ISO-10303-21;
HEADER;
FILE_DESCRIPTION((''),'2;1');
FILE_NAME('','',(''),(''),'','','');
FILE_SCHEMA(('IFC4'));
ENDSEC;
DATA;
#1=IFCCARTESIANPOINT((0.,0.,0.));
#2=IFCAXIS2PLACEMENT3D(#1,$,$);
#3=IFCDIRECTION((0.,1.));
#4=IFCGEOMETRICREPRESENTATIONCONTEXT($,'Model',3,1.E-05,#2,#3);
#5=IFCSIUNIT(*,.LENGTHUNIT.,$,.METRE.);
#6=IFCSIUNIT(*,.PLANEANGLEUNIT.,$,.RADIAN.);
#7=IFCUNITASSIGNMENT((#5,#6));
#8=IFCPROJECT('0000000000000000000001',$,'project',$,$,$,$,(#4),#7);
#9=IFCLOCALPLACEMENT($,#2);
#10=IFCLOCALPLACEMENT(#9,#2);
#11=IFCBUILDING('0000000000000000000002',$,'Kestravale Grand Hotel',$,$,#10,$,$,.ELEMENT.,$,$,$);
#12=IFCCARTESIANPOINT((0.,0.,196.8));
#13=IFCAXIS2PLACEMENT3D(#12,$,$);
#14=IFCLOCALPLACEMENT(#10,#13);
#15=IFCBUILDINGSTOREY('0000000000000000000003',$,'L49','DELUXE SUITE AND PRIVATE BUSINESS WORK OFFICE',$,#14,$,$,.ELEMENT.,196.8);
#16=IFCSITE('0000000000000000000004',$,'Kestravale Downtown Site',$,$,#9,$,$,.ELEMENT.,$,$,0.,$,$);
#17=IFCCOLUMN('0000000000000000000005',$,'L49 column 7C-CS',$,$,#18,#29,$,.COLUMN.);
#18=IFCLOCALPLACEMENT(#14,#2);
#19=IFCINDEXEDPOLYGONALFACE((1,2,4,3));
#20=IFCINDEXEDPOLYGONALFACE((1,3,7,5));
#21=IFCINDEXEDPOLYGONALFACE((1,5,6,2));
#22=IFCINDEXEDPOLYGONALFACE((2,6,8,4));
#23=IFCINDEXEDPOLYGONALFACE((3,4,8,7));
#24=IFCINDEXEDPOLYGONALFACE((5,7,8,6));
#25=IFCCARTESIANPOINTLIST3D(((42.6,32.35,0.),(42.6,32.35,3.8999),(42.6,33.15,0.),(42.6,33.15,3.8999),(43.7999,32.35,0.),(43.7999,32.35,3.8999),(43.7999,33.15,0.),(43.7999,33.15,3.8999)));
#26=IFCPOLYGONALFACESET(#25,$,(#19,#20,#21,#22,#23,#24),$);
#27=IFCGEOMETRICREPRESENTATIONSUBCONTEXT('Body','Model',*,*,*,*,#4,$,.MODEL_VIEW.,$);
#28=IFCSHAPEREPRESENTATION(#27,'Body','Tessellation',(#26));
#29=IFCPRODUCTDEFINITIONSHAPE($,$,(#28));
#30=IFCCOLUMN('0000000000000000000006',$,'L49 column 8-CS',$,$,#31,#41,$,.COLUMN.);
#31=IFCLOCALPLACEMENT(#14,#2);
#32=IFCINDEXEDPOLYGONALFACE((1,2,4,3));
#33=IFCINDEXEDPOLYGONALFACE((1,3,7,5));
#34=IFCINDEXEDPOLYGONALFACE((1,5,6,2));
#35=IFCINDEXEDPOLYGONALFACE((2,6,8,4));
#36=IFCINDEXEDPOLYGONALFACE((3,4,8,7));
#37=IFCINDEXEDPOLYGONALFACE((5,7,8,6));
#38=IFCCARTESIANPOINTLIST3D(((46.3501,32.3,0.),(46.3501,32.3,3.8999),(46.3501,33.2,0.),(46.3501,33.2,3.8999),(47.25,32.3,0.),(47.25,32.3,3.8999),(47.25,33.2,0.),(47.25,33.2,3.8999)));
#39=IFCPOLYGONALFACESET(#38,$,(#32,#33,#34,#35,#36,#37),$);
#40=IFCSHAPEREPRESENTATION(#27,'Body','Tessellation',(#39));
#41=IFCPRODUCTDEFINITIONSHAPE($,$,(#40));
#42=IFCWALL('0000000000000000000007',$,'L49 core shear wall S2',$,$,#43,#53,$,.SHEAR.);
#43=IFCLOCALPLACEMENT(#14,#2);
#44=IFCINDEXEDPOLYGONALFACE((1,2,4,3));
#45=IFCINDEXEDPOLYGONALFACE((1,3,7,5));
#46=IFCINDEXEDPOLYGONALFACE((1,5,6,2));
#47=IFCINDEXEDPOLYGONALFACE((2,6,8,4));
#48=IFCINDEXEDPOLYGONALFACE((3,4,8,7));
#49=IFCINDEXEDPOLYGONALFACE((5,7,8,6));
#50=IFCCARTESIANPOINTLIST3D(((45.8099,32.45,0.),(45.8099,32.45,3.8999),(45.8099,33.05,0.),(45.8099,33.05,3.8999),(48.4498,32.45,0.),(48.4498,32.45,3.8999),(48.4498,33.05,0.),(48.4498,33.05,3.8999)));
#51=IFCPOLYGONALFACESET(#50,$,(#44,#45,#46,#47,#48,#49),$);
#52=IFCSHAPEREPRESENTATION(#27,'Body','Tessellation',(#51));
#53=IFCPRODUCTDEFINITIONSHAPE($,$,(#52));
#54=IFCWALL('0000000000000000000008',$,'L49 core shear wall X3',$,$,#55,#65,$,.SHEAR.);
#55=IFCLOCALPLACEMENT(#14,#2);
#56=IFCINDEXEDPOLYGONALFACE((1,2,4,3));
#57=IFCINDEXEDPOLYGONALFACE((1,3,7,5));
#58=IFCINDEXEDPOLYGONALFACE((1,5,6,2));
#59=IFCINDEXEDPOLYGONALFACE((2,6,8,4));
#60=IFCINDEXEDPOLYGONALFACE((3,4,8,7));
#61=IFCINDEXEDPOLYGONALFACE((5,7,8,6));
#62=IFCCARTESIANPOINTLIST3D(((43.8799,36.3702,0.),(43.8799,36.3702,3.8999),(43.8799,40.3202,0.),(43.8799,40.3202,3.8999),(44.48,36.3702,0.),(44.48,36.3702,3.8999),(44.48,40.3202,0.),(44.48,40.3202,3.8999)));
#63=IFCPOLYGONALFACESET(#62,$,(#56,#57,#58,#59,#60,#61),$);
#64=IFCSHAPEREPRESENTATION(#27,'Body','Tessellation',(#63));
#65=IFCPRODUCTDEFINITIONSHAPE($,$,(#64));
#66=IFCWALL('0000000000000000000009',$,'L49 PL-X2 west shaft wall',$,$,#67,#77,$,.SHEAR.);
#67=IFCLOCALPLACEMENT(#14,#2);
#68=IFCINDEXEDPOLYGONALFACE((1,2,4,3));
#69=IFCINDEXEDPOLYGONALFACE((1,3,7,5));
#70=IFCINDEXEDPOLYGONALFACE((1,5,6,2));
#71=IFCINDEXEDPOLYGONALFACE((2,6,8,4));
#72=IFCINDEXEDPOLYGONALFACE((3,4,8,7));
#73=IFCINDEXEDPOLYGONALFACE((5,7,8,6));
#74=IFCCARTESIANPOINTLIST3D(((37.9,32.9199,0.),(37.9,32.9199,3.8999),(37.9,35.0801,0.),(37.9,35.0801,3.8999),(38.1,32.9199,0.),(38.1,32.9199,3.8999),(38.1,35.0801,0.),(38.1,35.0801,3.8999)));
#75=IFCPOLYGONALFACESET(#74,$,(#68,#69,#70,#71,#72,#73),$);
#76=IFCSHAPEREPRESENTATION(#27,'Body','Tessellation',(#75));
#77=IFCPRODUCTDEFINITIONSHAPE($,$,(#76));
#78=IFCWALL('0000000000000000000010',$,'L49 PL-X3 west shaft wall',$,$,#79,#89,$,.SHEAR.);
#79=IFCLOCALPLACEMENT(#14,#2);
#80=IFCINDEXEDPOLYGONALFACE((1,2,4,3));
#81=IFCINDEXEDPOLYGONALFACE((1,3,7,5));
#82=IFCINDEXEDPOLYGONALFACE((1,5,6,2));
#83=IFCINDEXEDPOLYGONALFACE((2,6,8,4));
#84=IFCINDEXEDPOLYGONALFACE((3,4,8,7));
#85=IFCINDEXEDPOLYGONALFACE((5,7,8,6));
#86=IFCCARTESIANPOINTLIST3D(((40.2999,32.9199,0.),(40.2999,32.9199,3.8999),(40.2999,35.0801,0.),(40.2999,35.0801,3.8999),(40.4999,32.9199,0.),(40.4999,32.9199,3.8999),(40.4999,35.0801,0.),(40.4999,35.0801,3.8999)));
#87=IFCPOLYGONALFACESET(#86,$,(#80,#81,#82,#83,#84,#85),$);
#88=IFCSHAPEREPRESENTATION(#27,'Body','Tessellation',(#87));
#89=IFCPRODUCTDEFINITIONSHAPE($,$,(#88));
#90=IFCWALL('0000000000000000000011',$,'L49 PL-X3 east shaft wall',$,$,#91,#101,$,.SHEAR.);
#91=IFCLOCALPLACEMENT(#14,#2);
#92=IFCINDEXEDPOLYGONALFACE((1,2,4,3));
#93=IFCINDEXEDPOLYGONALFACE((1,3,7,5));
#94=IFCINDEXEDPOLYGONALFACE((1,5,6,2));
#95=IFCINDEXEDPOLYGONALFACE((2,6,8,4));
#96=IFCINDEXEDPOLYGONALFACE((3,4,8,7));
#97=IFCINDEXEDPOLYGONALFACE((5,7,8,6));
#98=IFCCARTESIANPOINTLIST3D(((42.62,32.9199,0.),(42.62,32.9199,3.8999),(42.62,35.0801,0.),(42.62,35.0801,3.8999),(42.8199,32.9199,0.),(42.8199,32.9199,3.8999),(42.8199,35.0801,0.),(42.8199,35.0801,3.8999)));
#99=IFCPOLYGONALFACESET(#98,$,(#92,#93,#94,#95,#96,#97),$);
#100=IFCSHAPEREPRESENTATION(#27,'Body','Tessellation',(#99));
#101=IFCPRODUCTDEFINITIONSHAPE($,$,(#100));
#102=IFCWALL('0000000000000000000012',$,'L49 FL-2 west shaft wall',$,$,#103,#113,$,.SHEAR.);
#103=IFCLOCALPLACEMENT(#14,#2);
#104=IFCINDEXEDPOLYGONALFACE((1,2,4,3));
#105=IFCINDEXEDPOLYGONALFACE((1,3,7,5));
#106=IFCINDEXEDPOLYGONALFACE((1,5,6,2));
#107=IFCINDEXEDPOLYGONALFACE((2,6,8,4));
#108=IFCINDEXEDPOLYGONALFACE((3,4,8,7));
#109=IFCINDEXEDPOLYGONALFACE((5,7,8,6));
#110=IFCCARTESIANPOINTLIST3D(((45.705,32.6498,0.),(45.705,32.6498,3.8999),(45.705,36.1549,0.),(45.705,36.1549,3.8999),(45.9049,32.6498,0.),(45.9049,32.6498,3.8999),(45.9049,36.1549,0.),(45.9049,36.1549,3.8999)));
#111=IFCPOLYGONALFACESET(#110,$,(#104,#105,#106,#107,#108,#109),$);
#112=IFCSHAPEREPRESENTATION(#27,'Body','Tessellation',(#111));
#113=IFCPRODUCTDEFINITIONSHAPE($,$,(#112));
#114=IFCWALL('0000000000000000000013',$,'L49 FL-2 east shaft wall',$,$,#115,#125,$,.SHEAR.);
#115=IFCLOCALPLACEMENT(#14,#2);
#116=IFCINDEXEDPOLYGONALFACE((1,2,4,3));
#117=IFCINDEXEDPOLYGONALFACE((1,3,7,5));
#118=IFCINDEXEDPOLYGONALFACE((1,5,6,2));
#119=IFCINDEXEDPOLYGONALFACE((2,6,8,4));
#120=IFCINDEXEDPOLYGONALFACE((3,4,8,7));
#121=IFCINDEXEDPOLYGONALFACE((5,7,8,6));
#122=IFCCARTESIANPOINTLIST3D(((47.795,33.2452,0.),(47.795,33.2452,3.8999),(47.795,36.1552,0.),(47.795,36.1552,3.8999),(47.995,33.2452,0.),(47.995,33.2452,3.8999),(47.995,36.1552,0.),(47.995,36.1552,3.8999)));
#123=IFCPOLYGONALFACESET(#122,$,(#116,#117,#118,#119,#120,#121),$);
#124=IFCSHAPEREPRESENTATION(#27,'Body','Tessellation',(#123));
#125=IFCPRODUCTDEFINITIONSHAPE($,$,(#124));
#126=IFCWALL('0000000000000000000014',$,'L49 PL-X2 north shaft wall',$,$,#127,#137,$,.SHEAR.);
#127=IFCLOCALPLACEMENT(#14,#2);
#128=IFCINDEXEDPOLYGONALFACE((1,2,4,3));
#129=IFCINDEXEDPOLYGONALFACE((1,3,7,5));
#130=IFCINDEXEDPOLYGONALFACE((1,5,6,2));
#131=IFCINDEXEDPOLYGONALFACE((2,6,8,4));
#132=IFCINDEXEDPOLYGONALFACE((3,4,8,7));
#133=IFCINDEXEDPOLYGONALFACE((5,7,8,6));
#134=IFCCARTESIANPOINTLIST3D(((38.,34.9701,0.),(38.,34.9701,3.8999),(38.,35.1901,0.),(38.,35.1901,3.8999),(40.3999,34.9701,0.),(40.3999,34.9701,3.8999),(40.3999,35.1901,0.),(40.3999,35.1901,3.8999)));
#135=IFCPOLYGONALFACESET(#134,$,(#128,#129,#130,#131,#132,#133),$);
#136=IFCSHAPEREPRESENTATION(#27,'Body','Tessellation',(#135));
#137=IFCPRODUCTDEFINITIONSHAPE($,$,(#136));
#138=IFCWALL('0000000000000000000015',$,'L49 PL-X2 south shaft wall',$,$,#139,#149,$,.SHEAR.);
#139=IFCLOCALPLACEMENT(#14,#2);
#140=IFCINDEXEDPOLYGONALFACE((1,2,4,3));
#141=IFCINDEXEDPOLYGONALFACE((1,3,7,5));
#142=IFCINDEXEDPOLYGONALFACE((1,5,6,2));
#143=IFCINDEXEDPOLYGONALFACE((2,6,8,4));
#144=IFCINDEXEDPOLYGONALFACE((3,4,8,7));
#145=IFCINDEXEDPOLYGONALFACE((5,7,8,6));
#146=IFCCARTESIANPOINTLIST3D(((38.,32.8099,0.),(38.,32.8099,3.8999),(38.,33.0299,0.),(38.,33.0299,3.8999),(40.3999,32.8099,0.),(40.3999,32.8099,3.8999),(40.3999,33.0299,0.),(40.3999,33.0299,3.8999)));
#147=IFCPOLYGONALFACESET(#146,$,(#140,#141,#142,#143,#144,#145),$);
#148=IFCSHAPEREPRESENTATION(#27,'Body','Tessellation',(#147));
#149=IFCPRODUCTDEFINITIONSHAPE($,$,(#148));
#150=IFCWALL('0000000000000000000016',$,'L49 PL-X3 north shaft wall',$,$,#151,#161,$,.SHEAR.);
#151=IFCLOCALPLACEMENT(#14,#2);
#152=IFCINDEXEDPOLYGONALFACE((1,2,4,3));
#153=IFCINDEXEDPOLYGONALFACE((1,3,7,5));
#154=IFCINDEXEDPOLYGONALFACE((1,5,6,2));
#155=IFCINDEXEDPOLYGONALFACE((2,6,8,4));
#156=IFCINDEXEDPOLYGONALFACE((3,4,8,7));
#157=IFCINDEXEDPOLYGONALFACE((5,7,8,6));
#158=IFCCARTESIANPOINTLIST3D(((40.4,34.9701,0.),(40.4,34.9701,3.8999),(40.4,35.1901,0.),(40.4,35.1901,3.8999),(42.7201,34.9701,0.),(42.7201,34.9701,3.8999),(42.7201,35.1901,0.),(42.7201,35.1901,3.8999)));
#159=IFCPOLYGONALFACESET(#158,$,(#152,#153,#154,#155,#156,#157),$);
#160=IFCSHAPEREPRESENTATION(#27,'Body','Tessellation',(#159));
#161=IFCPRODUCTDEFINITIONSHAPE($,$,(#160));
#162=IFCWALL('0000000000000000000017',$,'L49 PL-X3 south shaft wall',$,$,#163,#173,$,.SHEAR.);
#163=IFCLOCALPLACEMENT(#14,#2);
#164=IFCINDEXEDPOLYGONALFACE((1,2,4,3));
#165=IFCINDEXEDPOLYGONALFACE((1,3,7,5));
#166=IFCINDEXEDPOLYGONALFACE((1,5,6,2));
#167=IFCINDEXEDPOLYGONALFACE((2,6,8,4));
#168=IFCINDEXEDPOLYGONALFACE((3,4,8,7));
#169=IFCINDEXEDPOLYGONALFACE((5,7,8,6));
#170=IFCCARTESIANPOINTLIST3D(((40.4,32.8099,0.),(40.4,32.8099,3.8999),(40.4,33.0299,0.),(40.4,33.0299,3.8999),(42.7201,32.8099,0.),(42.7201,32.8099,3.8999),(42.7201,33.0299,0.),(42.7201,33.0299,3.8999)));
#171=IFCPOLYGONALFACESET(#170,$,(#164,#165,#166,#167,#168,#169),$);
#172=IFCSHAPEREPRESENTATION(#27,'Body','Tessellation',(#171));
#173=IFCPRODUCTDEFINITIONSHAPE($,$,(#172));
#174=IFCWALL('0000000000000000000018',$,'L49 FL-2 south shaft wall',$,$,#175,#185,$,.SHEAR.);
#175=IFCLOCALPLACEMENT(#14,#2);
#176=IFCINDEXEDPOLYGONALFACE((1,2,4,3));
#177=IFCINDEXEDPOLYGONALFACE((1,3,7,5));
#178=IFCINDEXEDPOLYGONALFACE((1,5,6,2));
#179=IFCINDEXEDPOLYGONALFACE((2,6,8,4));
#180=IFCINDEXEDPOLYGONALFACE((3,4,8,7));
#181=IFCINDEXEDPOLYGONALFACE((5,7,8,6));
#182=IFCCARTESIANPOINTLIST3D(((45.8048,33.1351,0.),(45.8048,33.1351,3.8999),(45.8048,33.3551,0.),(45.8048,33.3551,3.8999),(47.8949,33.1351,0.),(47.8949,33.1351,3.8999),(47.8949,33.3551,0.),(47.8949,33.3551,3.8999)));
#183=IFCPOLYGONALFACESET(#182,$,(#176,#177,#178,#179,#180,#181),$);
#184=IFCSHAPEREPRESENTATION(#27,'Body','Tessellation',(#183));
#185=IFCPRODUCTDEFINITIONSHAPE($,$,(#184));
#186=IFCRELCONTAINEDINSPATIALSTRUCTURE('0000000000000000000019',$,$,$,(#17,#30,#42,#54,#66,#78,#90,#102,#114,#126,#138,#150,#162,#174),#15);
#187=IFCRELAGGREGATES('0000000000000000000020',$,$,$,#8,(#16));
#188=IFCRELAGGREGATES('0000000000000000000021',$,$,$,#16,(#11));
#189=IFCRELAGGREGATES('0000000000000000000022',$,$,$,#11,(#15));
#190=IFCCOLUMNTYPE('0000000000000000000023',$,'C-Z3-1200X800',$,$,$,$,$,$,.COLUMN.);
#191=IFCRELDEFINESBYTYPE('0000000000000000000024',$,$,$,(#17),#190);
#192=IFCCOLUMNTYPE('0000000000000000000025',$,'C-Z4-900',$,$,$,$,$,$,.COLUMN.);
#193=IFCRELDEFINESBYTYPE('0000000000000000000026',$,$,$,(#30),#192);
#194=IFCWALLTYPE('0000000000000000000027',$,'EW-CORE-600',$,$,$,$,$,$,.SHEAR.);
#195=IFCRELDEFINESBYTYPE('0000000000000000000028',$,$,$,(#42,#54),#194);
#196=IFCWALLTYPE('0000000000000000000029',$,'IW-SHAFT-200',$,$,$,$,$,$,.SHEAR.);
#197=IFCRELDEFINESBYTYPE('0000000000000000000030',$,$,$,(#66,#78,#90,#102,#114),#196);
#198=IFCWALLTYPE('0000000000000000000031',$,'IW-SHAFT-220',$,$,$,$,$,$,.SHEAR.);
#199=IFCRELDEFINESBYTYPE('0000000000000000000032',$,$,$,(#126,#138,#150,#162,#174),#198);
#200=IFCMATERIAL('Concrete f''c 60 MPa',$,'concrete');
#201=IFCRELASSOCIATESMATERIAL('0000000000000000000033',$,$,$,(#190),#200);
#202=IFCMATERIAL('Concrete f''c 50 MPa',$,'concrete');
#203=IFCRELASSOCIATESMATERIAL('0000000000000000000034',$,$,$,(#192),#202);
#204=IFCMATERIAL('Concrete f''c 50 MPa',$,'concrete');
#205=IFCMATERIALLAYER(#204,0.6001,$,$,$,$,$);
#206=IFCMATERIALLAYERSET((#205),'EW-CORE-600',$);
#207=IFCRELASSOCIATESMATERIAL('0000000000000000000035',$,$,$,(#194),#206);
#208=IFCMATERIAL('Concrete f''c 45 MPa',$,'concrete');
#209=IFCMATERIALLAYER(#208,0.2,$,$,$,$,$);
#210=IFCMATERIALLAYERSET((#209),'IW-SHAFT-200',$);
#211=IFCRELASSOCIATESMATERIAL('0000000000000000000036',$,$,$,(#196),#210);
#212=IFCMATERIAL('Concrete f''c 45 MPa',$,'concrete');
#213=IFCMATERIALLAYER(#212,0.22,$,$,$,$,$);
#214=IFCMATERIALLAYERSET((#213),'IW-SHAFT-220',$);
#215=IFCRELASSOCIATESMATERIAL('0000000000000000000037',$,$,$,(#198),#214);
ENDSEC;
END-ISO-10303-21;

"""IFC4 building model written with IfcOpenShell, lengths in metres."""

from ifc_helpers import new_model, si_unit, direction, frame, frame_2d, origin, origin_2d, place, context, subcontext, project, spatial, rectangle, extrude, material, layer, layer_set, material_profile, profile_set, type_object, element, save


model = new_model("IFC4")

# Units and contexts
model_context = context("Model", 3, precision=1e-05, world=origin(), true_north=direction((0.0, 1.0)))
body_context = subcontext(model_context, "Body", "Model", "MODEL_VIEW")
ifc_project = project(units=[si_unit("LENGTHUNIT", "METRE"), si_unit("PLANEANGLEUNIT", "RADIAN")], contexts=[model_context])

# Site, building, storey
site_placement = place(None, origin())
site = spatial("IfcSite", under=ifc_project, at=site_placement, Name="Kestravale Downtown Site", CompositionType="ELEMENT", RefElevation=0.0)
building_placement = place(site_placement, origin())
building = spatial("IfcBuilding", under=site, at=building_placement, Name="Kestravale Grand Hotel", CompositionType="ELEMENT")
storey_placement = place(building_placement, frame((0.0, 0.0, 196.8)))
storey = spatial("IfcBuildingStorey", under=building, at=storey_placement, Name="L49", Description="DELUXE SUITE AND PRIVATE BUSINESS WORK OFFICE", CompositionType="ELEMENT", Elevation=196.8)

# Columns
ifc_material_1 = material(Name="Concrete f'c 60 MPa", Category="concrete")
ifc_material_profile_1 = material_profile(ifc_material_1, rectangle(XDim=1.2, YDim=0.8, at=origin_2d()))
ifc_profile_set_1 = profile_set([ifc_material_profile_1], Name="Concrete f'c 60 MPa")
column_type_1 = type_object("IfcColumnType", Name="C-Z3-1200X800", PredefinedType="COLUMN", material=ifc_profile_set_1)
column_1_placement = place(storey_placement, frame((43.2, 32.75, 0.0), z_axis=(0.0, 0.0, 1.0), x_axis=(1.0, 0.0, 0.0)))
element("IfcColumn", 1, at=column_1_placement, inside=storey, type_object=column_type_1, Name="L49 column 7C-CS", PredefinedType="COLUMN", context=body_context, shape_type="SweptSolid", body=[
    extrude(rectangle(XDim=1.2, YDim=0.8, at=origin_2d()), origin(), (0.0, 0.0, 1.0), 3.8999),
])
ifc_material_2 = material(Name="Concrete f'c 50 MPa", Category="concrete")
ifc_material_profile_2 = material_profile(ifc_material_2, rectangle(XDim=0.8999, YDim=0.8999, at=origin_2d()))
ifc_profile_set_2 = profile_set([ifc_material_profile_2], Name="Concrete f'c 50 MPa")
column_type_2 = type_object("IfcColumnType", Name="C-Z4-900", PredefinedType="COLUMN", material=ifc_profile_set_2)
column_2_placement = place(storey_placement, frame((46.8, 32.75, 0.0), z_axis=(0.0, 0.0, 1.0), x_axis=(1.0, 0.0, 0.0)))
element("IfcColumn", 2, at=column_2_placement, inside=storey, type_object=column_type_2, Name="L49 column 8-CS", PredefinedType="COLUMN", context=body_context, shape_type="SweptSolid", body=[
    extrude(rectangle(XDim=0.8999, YDim=0.8999, at=origin_2d()), origin(), (0.0, 0.0, 1.0), 3.8999),
])

# Walls
ifc_material_3 = material(Name="Concrete f'c 50 MPa", Category="concrete")
ifc_layer_1 = layer(ifc_material_3, 0.6001)
ifc_layer_set_1 = layer_set([ifc_layer_1], Name="EW-CORE-600")
wall_type_1 = type_object("IfcWallType", Name="EW-CORE-600", PredefinedType="SHEAR", material=ifc_layer_set_1)
wall_1_placement = place(storey_placement, frame((45.8101, 32.75, 0.0), z_axis=(0.0, 0.0, 1.0), x_axis=(1.0, 0.0, 0.0)))
element("IfcWall", 3, at=wall_1_placement, inside=storey, type_object=wall_type_1, Name="L49 core shear wall S2", PredefinedType="SHEAR", context=body_context, shape_type="SweptSolid", body=[
    extrude(rectangle(XDim=2.6399, YDim=0.6001, at=frame_2d((1.3198, 0.0))), origin(), (0.0, 0.0, 1.0), 3.8999),
])
wall_2_placement = place(storey_placement, frame((44.1799, 36.3701, 0.0), z_axis=(0.0, 0.0, 1.0), x_axis=(0.0, 1.0, 0.0)))
element("IfcWall", 4, at=wall_2_placement, inside=storey, type_object=wall_type_1, Name="L49 core shear wall X3", PredefinedType="SHEAR", context=body_context, shape_type="SweptSolid", body=[
    extrude(rectangle(XDim=3.95, YDim=0.6001, at=frame_2d((1.9751, 0.0))), origin(), (0.0, 0.0, 1.0), 3.8999),
])

# Walls
ifc_material_4 = material(Name="Concrete f'c 45 MPa", Category="concrete")
ifc_layer_2 = layer(ifc_material_4, 0.2)
ifc_layer_set_2 = layer_set([ifc_layer_2], Name="IW-SHAFT-200")
wall_type_2 = type_object("IfcWallType", Name="IW-SHAFT-200", PredefinedType="SHEAR", material=ifc_layer_set_2)
for number, where, z_axis, x_axis, name in (
    (5, (38.0, 32.9199, 0.0), (0.0, 0.0, 1.0), (0.0, 1.0, 0.0), "L49 PL-X2 west shaft wall"),
    (6, (40.3999, 32.9199, 0.0), (0.0, 0.0, 1.0), (0.0, 1.0, 0.0), "L49 PL-X3 west shaft wall"),
    (7, (42.72, 32.9199, 0.0), (0.0, 0.0, 1.0), (0.0, 1.0, 0.0), "L49 PL-X3 east shaft wall"),
):
    element("IfcWall", number, at=place(storey_placement, frame(where, z_axis=z_axis, x_axis=x_axis)), inside=storey, type_object=wall_type_2, Name=name, PredefinedType="SHEAR", context=body_context, shape_type="SweptSolid", body=[
        extrude(rectangle(XDim=2.1602, YDim=0.2, at=frame_2d((1.0801, 0.0))), origin(), (0.0, 0.0, 1.0), 3.8999),
    ])
wall_3_placement = place(storey_placement, frame((45.8049, 32.6499, 0.0), z_axis=(0.0, 0.0, 1.0), x_axis=(0.0, 1.0, 0.0)))
element("IfcWall", 8, at=wall_3_placement, inside=storey, type_object=wall_type_2, Name="L49 FL-2 west shaft wall", PredefinedType="SHEAR", context=body_context, shape_type="SweptSolid", body=[
    extrude(rectangle(XDim=3.5051, YDim=0.2, at=frame_2d((1.7524, 0.0))), origin(), (0.0, 0.0, 1.0), 3.8999),
])
wall_4_placement = place(storey_placement, frame((47.895, 33.2451, 0.0), z_axis=(0.0, 0.0, 1.0), x_axis=(0.0, 1.0, 0.0)))
element("IfcWall", 9, at=wall_4_placement, inside=storey, type_object=wall_type_2, Name="L49 FL-2 east shaft wall", PredefinedType="SHEAR", context=body_context, shape_type="SweptSolid", body=[
    extrude(rectangle(XDim=2.9099, YDim=0.2, at=frame_2d((1.4551, 0.0))), origin(), (0.0, 0.0, 1.0), 3.8999),
])

# Shared definitions
ifc_material_5 = material(Name="Concrete f'c 45 MPa", Category="concrete")
ifc_layer_3 = layer(ifc_material_5, 0.22)
ifc_layer_set_3 = layer_set([ifc_layer_3], Name="IW-SHAFT-220")
wall_type_3 = type_object("IfcWallType", Name="IW-SHAFT-220", PredefinedType="SHEAR", material=ifc_layer_set_3)

# Walls
for number, where, z_axis, x_axis, name in (
    (10, (38.0, 35.0801, 0.0), (0.0, 0.0, 1.0), (1.0, 0.0, 0.0), "L49 PL-X2 north shaft wall"),
    (11, (38.0, 32.9199, 0.0), (0.0, 0.0, 1.0), (1.0, 0.0, 0.0), "L49 PL-X2 south shaft wall"),
):
    element("IfcWall", number, at=place(storey_placement, frame(where, z_axis=z_axis, x_axis=x_axis)), inside=storey, type_object=wall_type_3, Name=name, PredefinedType="SHEAR", context=body_context, shape_type="SweptSolid", body=[
        extrude(rectangle(XDim=2.3999, YDim=0.22, at=frame_2d((1.2, 0.0))), origin(), (0.0, 0.0, 1.0), 3.8999),
    ])
for number, where, z_axis, x_axis, name in (
    (12, (40.3999, 35.0801, 0.0), (0.0, 0.0, 1.0), (1.0, 0.0, 0.0), "L49 PL-X3 north shaft wall"),
    (13, (40.3999, 32.9199, 0.0), (0.0, 0.0, 1.0), (1.0, 0.0, 0.0), "L49 PL-X3 south shaft wall"),
):
    element("IfcWall", number, at=place(storey_placement, frame(where, z_axis=z_axis, x_axis=x_axis)), inside=storey, type_object=wall_type_3, Name=name, PredefinedType="SHEAR", context=body_context, shape_type="SweptSolid", body=[
        extrude(rectangle(XDim=2.3201, YDim=0.22, at=frame_2d((1.1602, 0.0))), origin(), (0.0, 0.0, 1.0), 3.8999),
    ])

# Wall
wall_5_placement = place(storey_placement, frame((45.8049, 33.2451, 0.0), z_axis=(0.0, 0.0, 1.0), x_axis=(1.0, 0.0, 0.0)))
element("IfcWall", 14, at=wall_5_placement, inside=storey, type_object=wall_type_3, Name="L49 FL-2 south shaft wall", PredefinedType="SHEAR", context=body_context, shape_type="SweptSolid", body=[
    extrude(rectangle(XDim=2.0901, YDim=0.22, at=frame_2d((1.0449, 0.0))), origin(), (0.0, 0.0, 1.0), 3.8999),
])

save(model, "model.ifc")
